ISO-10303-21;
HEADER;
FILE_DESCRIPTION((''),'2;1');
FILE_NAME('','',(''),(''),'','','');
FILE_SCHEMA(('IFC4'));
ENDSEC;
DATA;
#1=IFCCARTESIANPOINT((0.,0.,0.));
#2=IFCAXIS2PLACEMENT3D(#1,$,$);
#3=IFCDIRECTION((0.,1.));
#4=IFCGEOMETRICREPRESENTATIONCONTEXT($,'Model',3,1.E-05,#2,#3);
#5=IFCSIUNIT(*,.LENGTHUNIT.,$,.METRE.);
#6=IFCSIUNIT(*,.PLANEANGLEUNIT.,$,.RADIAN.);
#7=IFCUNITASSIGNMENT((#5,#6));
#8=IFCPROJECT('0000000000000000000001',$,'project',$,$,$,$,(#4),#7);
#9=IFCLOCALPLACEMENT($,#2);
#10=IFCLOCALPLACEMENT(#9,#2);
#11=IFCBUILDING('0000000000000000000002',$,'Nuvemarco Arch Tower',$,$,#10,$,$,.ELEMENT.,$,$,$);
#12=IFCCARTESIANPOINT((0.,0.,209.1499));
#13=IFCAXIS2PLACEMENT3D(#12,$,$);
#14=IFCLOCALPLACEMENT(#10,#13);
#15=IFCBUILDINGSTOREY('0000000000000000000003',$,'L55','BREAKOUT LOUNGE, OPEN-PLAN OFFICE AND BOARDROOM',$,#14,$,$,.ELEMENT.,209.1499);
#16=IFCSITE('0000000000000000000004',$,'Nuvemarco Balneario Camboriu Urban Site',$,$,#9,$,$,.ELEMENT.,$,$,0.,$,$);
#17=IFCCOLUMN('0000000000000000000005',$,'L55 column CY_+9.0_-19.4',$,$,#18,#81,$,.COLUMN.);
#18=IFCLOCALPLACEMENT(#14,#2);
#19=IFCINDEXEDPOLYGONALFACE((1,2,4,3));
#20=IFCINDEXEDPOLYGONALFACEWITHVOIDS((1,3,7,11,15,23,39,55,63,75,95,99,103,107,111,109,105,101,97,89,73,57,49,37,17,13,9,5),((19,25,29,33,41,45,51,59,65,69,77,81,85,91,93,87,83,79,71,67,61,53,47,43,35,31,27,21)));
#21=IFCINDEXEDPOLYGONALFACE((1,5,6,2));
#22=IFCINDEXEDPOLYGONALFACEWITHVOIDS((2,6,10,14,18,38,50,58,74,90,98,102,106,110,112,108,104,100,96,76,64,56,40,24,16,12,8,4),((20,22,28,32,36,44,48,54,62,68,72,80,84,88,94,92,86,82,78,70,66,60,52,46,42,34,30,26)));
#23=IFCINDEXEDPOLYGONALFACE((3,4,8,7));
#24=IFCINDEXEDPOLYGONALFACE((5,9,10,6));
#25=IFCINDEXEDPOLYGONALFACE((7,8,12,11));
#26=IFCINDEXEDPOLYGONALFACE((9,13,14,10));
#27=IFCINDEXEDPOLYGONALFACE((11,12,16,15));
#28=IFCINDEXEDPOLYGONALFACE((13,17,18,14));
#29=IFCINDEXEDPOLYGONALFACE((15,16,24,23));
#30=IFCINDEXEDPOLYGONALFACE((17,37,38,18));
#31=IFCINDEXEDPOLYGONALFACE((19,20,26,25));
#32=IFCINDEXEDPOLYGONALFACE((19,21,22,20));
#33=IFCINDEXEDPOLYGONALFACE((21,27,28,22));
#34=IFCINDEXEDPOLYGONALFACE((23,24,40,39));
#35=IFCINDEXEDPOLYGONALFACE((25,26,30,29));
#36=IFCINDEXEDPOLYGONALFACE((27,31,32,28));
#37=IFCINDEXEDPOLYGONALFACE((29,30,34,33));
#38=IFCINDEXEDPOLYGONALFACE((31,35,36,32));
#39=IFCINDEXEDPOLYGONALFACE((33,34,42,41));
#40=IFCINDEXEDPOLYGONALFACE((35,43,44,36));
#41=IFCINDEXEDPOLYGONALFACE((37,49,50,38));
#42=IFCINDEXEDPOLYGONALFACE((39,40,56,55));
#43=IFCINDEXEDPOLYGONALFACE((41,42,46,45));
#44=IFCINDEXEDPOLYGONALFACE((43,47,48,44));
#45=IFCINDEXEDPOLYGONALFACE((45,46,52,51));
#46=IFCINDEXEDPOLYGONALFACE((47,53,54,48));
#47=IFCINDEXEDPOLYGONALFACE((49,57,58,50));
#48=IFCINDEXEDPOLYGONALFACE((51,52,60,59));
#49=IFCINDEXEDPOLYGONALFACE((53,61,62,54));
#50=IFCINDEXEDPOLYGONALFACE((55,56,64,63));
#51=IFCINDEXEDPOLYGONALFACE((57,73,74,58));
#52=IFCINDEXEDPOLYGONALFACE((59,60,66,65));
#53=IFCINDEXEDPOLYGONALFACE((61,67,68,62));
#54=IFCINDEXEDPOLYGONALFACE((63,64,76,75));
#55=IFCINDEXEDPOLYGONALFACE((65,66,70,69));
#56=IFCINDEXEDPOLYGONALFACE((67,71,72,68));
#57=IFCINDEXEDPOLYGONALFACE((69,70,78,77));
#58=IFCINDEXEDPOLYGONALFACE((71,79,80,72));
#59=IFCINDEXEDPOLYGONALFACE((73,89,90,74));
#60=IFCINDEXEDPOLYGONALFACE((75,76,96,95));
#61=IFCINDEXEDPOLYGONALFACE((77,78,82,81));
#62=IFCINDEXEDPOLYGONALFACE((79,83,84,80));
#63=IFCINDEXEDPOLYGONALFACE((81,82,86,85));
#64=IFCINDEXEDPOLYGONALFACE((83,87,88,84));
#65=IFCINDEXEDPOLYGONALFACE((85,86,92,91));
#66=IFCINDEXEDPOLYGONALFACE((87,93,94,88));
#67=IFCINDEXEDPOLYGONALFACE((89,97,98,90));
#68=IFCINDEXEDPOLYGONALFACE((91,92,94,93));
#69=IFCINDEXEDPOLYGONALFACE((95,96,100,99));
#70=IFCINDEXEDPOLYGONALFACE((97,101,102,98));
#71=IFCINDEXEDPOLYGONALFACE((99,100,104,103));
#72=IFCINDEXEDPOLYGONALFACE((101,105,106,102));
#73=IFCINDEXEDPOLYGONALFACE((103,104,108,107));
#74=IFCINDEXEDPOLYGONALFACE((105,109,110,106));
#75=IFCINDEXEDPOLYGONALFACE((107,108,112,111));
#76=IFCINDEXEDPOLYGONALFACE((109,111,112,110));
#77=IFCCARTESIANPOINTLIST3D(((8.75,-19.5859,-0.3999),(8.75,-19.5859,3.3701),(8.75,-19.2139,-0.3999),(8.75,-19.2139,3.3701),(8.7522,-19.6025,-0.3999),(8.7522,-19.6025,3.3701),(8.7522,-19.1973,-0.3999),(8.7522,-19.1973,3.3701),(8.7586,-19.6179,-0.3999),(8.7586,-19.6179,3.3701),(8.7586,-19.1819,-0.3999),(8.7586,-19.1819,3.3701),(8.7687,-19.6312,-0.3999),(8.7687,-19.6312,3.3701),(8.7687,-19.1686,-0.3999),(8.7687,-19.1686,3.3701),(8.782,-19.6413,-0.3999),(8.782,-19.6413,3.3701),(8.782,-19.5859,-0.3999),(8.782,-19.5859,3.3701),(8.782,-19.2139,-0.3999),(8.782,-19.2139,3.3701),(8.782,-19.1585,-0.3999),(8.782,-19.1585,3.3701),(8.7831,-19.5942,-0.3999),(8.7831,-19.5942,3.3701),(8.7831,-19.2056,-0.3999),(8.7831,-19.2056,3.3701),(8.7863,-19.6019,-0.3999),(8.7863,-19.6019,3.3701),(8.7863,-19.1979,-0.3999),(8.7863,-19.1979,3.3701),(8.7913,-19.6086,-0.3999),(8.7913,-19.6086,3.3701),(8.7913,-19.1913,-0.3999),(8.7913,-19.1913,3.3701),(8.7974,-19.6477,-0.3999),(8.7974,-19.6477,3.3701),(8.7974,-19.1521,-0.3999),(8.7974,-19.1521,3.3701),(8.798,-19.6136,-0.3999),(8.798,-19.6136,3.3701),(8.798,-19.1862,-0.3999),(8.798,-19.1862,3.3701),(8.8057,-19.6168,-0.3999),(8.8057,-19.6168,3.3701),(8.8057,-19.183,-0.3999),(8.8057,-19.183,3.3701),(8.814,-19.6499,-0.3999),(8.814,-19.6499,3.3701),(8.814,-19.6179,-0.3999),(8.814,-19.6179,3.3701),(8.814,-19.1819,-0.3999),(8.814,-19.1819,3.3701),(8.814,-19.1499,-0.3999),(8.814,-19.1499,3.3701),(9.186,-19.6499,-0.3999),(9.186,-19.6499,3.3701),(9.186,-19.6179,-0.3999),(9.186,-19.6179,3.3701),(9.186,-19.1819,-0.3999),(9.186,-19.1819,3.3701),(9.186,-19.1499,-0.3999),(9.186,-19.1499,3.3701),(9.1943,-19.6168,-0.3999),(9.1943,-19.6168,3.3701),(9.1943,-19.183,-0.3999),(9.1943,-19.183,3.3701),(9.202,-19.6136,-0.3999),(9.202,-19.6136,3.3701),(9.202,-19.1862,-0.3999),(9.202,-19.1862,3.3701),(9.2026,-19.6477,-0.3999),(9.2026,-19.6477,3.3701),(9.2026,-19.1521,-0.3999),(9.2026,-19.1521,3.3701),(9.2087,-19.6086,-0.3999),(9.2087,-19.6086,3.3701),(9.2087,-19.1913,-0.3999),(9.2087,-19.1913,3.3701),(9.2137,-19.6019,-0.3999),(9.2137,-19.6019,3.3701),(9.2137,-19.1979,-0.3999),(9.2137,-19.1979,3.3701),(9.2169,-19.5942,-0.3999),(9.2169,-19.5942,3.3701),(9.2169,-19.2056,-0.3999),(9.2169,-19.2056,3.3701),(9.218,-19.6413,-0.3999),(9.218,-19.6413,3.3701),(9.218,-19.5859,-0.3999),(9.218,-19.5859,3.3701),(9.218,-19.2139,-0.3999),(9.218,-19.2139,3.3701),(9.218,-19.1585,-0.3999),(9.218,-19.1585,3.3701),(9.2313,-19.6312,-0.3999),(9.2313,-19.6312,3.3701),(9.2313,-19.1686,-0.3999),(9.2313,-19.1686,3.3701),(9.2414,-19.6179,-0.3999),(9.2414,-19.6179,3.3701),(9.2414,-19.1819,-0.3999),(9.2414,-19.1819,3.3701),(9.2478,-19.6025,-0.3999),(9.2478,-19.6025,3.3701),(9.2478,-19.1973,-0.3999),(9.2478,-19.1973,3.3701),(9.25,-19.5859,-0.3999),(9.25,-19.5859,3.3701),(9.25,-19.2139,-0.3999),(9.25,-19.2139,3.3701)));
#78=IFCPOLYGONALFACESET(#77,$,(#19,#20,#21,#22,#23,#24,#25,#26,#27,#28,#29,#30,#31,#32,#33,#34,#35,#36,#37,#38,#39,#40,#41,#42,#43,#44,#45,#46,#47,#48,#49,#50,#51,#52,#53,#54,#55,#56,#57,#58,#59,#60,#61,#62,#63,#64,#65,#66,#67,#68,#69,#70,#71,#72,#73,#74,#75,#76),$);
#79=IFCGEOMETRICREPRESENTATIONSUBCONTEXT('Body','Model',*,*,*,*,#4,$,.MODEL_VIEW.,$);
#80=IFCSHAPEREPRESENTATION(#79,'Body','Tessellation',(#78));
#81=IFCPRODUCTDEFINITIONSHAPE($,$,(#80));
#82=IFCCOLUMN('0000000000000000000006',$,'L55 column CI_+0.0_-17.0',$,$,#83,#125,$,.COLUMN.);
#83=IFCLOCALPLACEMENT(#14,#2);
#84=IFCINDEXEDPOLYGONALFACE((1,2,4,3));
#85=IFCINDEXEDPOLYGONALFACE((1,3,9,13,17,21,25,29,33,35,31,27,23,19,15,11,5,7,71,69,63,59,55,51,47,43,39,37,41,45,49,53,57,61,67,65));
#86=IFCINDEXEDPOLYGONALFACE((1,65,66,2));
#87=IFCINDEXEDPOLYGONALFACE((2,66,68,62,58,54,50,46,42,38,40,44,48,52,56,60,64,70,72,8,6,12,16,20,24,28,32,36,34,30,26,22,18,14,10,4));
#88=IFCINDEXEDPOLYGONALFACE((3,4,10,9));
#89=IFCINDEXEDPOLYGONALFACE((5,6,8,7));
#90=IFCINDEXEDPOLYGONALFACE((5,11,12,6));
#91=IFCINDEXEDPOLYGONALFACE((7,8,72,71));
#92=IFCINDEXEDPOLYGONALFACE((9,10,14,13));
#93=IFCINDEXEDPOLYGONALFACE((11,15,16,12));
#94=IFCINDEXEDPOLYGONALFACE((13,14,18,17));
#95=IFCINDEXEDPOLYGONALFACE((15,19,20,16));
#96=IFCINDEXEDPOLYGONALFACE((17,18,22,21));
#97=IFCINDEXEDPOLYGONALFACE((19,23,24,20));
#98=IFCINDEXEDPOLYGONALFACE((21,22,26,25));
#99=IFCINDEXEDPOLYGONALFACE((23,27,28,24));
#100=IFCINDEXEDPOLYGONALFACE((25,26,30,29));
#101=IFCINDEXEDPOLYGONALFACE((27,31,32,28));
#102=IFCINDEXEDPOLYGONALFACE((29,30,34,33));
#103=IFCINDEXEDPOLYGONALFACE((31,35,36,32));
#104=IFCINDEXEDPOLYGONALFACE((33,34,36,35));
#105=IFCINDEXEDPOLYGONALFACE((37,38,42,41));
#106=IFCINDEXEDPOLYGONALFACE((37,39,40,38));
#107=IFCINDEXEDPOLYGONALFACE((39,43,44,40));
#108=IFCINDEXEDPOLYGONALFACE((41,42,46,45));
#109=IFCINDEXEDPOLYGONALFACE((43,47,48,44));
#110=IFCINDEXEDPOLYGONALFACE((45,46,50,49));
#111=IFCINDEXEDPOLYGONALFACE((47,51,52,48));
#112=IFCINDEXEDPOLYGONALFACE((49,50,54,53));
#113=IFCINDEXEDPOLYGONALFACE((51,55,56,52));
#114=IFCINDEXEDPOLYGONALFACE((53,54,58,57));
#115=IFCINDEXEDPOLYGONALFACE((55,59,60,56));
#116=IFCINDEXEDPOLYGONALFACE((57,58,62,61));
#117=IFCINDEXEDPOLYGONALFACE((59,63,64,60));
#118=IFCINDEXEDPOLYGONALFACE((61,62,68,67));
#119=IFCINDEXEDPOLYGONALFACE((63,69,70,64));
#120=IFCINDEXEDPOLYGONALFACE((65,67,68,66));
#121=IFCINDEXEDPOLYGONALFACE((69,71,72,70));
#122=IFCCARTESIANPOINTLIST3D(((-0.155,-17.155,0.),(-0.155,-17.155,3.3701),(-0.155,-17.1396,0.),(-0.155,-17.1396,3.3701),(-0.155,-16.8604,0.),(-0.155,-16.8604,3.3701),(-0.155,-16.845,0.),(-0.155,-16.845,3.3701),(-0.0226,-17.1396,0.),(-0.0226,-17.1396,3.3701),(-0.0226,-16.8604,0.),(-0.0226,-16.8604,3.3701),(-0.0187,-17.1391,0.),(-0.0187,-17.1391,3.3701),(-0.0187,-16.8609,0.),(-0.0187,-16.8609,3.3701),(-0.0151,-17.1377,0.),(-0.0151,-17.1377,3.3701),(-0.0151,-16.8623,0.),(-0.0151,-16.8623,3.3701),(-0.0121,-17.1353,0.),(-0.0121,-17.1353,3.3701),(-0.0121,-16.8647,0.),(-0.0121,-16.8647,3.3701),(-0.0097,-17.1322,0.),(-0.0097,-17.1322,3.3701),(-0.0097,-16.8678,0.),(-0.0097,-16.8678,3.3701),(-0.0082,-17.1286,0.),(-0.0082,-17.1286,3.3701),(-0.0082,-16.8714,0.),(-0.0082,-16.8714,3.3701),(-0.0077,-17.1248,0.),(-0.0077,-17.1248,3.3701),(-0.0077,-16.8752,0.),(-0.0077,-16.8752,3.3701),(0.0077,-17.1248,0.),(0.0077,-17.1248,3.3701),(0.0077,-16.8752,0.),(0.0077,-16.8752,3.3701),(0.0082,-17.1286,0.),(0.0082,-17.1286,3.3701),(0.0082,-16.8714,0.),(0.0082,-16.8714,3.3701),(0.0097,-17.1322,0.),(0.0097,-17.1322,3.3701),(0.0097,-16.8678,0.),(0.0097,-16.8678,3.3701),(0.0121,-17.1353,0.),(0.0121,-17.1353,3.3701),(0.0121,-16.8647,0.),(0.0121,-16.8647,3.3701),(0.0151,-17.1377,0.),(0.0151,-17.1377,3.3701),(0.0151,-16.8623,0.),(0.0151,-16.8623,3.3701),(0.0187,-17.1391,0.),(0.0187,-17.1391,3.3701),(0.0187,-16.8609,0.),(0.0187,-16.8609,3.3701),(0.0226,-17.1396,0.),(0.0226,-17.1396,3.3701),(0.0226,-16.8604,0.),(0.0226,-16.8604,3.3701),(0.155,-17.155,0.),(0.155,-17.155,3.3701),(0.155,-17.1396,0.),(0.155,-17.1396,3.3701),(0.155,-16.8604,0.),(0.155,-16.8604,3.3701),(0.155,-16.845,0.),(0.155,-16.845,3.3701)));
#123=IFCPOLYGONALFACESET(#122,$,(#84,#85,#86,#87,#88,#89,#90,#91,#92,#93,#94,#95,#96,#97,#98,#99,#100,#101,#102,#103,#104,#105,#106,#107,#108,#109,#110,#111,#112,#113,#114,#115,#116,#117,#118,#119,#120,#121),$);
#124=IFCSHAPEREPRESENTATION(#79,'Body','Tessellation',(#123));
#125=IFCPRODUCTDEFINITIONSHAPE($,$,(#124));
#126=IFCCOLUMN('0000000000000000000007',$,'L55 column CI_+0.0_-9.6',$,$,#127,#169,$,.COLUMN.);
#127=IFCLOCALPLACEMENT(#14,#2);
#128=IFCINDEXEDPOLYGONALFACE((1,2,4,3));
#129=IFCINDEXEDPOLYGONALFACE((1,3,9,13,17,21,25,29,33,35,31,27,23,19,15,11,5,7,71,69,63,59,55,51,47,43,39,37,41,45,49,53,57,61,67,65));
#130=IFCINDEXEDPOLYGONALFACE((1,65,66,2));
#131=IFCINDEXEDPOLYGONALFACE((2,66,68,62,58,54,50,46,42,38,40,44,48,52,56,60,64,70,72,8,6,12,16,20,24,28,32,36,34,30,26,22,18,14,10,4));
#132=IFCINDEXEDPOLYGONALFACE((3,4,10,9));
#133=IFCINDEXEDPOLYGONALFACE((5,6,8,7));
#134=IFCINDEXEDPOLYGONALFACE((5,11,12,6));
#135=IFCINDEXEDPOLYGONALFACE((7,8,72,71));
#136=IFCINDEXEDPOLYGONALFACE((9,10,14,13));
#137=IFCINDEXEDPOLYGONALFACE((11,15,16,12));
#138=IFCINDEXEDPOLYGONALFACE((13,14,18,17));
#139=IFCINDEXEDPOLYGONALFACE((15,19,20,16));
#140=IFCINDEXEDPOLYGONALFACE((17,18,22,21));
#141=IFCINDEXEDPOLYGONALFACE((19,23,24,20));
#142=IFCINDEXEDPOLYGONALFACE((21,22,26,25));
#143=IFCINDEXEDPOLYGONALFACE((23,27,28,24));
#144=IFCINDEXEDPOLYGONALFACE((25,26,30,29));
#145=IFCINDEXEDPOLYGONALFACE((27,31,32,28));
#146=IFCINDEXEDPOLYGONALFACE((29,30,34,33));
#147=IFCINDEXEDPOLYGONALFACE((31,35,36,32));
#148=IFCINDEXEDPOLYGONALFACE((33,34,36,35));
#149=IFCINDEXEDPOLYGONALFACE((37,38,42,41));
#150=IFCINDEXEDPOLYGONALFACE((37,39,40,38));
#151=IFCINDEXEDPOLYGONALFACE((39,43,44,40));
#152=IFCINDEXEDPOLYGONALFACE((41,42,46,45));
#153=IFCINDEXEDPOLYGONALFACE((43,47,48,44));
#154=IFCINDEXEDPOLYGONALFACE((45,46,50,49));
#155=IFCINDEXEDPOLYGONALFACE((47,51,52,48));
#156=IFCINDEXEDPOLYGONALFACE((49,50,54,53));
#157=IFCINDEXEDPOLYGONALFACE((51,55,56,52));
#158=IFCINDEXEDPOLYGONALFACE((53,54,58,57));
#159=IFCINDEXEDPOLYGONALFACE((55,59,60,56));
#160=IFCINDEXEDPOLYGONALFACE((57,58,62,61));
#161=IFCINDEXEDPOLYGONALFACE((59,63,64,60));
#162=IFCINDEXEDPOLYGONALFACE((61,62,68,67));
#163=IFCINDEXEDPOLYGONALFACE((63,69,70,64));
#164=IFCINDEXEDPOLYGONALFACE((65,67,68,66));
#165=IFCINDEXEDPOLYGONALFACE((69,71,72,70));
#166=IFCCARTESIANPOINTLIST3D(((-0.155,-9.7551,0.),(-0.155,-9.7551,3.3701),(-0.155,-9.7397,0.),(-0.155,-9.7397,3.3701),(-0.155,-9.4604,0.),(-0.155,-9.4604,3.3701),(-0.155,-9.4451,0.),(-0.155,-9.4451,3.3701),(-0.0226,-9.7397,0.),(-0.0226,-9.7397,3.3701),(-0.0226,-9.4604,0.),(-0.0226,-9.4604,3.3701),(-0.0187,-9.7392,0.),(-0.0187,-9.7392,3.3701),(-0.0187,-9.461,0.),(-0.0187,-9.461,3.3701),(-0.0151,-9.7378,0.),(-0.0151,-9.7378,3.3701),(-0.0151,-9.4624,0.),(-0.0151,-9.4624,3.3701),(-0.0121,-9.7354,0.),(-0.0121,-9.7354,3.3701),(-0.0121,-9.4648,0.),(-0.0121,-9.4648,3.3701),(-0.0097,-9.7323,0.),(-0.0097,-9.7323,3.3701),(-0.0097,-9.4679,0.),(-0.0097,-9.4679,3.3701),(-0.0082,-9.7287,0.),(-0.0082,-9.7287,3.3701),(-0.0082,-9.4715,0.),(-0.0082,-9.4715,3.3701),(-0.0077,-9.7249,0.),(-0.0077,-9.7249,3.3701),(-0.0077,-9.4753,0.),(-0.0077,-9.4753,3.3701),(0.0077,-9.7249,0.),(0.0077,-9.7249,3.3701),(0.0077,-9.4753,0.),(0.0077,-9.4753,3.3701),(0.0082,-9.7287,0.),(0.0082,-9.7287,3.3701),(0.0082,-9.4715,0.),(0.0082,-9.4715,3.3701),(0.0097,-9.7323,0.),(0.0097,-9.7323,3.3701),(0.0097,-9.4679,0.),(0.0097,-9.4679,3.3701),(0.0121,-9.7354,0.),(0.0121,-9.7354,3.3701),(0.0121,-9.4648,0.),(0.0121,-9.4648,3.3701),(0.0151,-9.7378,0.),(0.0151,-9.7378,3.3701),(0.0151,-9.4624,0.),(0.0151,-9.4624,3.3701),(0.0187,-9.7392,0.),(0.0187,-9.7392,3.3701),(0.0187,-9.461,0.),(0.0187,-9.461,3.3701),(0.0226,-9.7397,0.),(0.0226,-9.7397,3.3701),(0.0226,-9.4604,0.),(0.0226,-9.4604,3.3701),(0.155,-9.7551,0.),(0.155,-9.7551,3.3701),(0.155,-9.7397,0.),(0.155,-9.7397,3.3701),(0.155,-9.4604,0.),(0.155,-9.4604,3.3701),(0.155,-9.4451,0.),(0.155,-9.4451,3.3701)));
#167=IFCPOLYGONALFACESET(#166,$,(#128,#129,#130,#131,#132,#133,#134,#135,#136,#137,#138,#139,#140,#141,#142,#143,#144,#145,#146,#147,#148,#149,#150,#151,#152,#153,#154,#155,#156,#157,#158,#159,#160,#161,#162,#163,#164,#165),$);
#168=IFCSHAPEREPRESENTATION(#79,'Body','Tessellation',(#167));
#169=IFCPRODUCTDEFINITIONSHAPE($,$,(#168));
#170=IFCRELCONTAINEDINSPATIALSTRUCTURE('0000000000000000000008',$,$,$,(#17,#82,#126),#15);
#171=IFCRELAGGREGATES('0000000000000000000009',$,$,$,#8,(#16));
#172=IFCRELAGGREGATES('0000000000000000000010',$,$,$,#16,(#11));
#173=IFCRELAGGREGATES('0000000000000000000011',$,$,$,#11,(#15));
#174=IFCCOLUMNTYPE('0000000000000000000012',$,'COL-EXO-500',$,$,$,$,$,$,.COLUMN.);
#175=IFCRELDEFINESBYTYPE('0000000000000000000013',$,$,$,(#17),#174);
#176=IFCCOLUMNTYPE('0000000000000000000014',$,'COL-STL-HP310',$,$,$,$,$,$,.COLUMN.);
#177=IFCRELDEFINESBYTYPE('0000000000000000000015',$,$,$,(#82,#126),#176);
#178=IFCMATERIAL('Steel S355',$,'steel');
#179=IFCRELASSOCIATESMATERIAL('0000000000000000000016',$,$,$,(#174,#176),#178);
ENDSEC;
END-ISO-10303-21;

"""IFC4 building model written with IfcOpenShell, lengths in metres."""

from ifc_helpers import new_model, si_unit, direction, frame, origin, origin_2d, place, context, subcontext, project, spatial, hollow_rectangle, i_section, extrude, material, material_profile, profile_set, type_object, element, save


model = new_model("IFC4")

# Units and contexts
model_context = context("Model", 3, precision=1e-05, world=origin(), true_north=direction((0.0, 1.0)))
body_context = subcontext(model_context, "Body", "Model", "MODEL_VIEW")
ifc_project = project(units=[si_unit("LENGTHUNIT", "METRE"), si_unit("PLANEANGLEUNIT", "RADIAN")], contexts=[model_context])

# Site, building, storey
site_placement = place(None, origin())
site = spatial("IfcSite", under=ifc_project, at=site_placement, Name="Nuvemarco Balneario Camboriu Urban Site", CompositionType="ELEMENT", RefElevation=0.0)
building_placement = place(site_placement, origin())
building = spatial("IfcBuilding", under=site, at=building_placement, Name="Nuvemarco Arch Tower", CompositionType="ELEMENT")
storey_placement = place(building_placement, frame((0.0, 0.0, 209.1499)))
storey = spatial("IfcBuildingStorey", under=building, at=storey_placement, Name="L55", Description="BREAKOUT LOUNGE, OPEN-PLAN OFFICE AND BOARDROOM", CompositionType="ELEMENT", Elevation=209.1499)

# Columns
ifc_material_1 = material(Name="Steel S355", Category="steel")
ifc_material_profile_1 = material_profile(ifc_material_1, hollow_rectangle(XDim=0.5, YDim=0.5, WallThickness=0.032, InnerFilletRadius=0.032, OuterFilletRadius=0.064, at=origin_2d()), Name="SHS500x500x32")
ifc_profile_set_1 = profile_set([ifc_material_profile_1], Name="Steel S355")
column_type_1 = type_object("IfcColumnType", Name="COL-EXO-500", PredefinedType="COLUMN", material=ifc_profile_set_1)
for number, where, z_axis, x_axis, name in (
    (1, (9.0, -19.3999, -0.3999), (0.0, 0.0, 1.0), (1.0, 0.0, 0.0), "L55 column CY_+9.0_-19.4"),
):
    element("IfcColumn", number, at=place(storey_placement, frame(where, z_axis=z_axis, x_axis=x_axis)), inside=storey, type_object=column_type_1, Name=name, PredefinedType="COLUMN", context=body_context, shape_type="SweptSolid", body=[
        extrude(hollow_rectangle(XDim=0.5, YDim=0.5, WallThickness=0.032, InnerFilletRadius=0.032, OuterFilletRadius=0.064, at=origin_2d()), origin(), (0.0, 0.0, 1.0), 3.77),
    ])
ifc_material_profile_2 = material_profile(ifc_material_1, i_section(OverallWidth=0.3101, OverallDepth=0.3101, WebThickness=0.0154, FlangeThickness=0.0154, FilletRadius=0.0149, at=origin_2d()), Name="HP310x110")
ifc_profile_set_2 = profile_set([ifc_material_profile_2], Name="Steel S355")
column_type_2 = type_object("IfcColumnType", Name="COL-STL-HP310", PredefinedType="COLUMN", material=ifc_profile_set_2)
for number, where, z_axis, x_axis, name in (
    (2, (0.0, -17.0, 0.0), (0.0, 0.0, 1.0), (1.0, 0.0, 0.0), "L55 column CI_+0.0_-17.0"),
    (3, (0.0, -9.6001, 0.0), (0.0, 0.0, 1.0), (1.0, 0.0, 0.0), "L55 column CI_+0.0_-9.6"),
):
    element("IfcColumn", number, at=place(storey_placement, frame(where, z_axis=z_axis, x_axis=x_axis)), inside=storey, type_object=column_type_2, Name=name, PredefinedType="COLUMN", context=body_context, shape_type="SweptSolid", body=[
        extrude(i_section(OverallWidth=0.3101, OverallDepth=0.3101, WebThickness=0.0154, FlangeThickness=0.0154, FilletRadius=0.0149, at=origin_2d()), origin(), (0.0, 0.0, 1.0), 3.3701),
    ])

save(model, "model.ifc")
